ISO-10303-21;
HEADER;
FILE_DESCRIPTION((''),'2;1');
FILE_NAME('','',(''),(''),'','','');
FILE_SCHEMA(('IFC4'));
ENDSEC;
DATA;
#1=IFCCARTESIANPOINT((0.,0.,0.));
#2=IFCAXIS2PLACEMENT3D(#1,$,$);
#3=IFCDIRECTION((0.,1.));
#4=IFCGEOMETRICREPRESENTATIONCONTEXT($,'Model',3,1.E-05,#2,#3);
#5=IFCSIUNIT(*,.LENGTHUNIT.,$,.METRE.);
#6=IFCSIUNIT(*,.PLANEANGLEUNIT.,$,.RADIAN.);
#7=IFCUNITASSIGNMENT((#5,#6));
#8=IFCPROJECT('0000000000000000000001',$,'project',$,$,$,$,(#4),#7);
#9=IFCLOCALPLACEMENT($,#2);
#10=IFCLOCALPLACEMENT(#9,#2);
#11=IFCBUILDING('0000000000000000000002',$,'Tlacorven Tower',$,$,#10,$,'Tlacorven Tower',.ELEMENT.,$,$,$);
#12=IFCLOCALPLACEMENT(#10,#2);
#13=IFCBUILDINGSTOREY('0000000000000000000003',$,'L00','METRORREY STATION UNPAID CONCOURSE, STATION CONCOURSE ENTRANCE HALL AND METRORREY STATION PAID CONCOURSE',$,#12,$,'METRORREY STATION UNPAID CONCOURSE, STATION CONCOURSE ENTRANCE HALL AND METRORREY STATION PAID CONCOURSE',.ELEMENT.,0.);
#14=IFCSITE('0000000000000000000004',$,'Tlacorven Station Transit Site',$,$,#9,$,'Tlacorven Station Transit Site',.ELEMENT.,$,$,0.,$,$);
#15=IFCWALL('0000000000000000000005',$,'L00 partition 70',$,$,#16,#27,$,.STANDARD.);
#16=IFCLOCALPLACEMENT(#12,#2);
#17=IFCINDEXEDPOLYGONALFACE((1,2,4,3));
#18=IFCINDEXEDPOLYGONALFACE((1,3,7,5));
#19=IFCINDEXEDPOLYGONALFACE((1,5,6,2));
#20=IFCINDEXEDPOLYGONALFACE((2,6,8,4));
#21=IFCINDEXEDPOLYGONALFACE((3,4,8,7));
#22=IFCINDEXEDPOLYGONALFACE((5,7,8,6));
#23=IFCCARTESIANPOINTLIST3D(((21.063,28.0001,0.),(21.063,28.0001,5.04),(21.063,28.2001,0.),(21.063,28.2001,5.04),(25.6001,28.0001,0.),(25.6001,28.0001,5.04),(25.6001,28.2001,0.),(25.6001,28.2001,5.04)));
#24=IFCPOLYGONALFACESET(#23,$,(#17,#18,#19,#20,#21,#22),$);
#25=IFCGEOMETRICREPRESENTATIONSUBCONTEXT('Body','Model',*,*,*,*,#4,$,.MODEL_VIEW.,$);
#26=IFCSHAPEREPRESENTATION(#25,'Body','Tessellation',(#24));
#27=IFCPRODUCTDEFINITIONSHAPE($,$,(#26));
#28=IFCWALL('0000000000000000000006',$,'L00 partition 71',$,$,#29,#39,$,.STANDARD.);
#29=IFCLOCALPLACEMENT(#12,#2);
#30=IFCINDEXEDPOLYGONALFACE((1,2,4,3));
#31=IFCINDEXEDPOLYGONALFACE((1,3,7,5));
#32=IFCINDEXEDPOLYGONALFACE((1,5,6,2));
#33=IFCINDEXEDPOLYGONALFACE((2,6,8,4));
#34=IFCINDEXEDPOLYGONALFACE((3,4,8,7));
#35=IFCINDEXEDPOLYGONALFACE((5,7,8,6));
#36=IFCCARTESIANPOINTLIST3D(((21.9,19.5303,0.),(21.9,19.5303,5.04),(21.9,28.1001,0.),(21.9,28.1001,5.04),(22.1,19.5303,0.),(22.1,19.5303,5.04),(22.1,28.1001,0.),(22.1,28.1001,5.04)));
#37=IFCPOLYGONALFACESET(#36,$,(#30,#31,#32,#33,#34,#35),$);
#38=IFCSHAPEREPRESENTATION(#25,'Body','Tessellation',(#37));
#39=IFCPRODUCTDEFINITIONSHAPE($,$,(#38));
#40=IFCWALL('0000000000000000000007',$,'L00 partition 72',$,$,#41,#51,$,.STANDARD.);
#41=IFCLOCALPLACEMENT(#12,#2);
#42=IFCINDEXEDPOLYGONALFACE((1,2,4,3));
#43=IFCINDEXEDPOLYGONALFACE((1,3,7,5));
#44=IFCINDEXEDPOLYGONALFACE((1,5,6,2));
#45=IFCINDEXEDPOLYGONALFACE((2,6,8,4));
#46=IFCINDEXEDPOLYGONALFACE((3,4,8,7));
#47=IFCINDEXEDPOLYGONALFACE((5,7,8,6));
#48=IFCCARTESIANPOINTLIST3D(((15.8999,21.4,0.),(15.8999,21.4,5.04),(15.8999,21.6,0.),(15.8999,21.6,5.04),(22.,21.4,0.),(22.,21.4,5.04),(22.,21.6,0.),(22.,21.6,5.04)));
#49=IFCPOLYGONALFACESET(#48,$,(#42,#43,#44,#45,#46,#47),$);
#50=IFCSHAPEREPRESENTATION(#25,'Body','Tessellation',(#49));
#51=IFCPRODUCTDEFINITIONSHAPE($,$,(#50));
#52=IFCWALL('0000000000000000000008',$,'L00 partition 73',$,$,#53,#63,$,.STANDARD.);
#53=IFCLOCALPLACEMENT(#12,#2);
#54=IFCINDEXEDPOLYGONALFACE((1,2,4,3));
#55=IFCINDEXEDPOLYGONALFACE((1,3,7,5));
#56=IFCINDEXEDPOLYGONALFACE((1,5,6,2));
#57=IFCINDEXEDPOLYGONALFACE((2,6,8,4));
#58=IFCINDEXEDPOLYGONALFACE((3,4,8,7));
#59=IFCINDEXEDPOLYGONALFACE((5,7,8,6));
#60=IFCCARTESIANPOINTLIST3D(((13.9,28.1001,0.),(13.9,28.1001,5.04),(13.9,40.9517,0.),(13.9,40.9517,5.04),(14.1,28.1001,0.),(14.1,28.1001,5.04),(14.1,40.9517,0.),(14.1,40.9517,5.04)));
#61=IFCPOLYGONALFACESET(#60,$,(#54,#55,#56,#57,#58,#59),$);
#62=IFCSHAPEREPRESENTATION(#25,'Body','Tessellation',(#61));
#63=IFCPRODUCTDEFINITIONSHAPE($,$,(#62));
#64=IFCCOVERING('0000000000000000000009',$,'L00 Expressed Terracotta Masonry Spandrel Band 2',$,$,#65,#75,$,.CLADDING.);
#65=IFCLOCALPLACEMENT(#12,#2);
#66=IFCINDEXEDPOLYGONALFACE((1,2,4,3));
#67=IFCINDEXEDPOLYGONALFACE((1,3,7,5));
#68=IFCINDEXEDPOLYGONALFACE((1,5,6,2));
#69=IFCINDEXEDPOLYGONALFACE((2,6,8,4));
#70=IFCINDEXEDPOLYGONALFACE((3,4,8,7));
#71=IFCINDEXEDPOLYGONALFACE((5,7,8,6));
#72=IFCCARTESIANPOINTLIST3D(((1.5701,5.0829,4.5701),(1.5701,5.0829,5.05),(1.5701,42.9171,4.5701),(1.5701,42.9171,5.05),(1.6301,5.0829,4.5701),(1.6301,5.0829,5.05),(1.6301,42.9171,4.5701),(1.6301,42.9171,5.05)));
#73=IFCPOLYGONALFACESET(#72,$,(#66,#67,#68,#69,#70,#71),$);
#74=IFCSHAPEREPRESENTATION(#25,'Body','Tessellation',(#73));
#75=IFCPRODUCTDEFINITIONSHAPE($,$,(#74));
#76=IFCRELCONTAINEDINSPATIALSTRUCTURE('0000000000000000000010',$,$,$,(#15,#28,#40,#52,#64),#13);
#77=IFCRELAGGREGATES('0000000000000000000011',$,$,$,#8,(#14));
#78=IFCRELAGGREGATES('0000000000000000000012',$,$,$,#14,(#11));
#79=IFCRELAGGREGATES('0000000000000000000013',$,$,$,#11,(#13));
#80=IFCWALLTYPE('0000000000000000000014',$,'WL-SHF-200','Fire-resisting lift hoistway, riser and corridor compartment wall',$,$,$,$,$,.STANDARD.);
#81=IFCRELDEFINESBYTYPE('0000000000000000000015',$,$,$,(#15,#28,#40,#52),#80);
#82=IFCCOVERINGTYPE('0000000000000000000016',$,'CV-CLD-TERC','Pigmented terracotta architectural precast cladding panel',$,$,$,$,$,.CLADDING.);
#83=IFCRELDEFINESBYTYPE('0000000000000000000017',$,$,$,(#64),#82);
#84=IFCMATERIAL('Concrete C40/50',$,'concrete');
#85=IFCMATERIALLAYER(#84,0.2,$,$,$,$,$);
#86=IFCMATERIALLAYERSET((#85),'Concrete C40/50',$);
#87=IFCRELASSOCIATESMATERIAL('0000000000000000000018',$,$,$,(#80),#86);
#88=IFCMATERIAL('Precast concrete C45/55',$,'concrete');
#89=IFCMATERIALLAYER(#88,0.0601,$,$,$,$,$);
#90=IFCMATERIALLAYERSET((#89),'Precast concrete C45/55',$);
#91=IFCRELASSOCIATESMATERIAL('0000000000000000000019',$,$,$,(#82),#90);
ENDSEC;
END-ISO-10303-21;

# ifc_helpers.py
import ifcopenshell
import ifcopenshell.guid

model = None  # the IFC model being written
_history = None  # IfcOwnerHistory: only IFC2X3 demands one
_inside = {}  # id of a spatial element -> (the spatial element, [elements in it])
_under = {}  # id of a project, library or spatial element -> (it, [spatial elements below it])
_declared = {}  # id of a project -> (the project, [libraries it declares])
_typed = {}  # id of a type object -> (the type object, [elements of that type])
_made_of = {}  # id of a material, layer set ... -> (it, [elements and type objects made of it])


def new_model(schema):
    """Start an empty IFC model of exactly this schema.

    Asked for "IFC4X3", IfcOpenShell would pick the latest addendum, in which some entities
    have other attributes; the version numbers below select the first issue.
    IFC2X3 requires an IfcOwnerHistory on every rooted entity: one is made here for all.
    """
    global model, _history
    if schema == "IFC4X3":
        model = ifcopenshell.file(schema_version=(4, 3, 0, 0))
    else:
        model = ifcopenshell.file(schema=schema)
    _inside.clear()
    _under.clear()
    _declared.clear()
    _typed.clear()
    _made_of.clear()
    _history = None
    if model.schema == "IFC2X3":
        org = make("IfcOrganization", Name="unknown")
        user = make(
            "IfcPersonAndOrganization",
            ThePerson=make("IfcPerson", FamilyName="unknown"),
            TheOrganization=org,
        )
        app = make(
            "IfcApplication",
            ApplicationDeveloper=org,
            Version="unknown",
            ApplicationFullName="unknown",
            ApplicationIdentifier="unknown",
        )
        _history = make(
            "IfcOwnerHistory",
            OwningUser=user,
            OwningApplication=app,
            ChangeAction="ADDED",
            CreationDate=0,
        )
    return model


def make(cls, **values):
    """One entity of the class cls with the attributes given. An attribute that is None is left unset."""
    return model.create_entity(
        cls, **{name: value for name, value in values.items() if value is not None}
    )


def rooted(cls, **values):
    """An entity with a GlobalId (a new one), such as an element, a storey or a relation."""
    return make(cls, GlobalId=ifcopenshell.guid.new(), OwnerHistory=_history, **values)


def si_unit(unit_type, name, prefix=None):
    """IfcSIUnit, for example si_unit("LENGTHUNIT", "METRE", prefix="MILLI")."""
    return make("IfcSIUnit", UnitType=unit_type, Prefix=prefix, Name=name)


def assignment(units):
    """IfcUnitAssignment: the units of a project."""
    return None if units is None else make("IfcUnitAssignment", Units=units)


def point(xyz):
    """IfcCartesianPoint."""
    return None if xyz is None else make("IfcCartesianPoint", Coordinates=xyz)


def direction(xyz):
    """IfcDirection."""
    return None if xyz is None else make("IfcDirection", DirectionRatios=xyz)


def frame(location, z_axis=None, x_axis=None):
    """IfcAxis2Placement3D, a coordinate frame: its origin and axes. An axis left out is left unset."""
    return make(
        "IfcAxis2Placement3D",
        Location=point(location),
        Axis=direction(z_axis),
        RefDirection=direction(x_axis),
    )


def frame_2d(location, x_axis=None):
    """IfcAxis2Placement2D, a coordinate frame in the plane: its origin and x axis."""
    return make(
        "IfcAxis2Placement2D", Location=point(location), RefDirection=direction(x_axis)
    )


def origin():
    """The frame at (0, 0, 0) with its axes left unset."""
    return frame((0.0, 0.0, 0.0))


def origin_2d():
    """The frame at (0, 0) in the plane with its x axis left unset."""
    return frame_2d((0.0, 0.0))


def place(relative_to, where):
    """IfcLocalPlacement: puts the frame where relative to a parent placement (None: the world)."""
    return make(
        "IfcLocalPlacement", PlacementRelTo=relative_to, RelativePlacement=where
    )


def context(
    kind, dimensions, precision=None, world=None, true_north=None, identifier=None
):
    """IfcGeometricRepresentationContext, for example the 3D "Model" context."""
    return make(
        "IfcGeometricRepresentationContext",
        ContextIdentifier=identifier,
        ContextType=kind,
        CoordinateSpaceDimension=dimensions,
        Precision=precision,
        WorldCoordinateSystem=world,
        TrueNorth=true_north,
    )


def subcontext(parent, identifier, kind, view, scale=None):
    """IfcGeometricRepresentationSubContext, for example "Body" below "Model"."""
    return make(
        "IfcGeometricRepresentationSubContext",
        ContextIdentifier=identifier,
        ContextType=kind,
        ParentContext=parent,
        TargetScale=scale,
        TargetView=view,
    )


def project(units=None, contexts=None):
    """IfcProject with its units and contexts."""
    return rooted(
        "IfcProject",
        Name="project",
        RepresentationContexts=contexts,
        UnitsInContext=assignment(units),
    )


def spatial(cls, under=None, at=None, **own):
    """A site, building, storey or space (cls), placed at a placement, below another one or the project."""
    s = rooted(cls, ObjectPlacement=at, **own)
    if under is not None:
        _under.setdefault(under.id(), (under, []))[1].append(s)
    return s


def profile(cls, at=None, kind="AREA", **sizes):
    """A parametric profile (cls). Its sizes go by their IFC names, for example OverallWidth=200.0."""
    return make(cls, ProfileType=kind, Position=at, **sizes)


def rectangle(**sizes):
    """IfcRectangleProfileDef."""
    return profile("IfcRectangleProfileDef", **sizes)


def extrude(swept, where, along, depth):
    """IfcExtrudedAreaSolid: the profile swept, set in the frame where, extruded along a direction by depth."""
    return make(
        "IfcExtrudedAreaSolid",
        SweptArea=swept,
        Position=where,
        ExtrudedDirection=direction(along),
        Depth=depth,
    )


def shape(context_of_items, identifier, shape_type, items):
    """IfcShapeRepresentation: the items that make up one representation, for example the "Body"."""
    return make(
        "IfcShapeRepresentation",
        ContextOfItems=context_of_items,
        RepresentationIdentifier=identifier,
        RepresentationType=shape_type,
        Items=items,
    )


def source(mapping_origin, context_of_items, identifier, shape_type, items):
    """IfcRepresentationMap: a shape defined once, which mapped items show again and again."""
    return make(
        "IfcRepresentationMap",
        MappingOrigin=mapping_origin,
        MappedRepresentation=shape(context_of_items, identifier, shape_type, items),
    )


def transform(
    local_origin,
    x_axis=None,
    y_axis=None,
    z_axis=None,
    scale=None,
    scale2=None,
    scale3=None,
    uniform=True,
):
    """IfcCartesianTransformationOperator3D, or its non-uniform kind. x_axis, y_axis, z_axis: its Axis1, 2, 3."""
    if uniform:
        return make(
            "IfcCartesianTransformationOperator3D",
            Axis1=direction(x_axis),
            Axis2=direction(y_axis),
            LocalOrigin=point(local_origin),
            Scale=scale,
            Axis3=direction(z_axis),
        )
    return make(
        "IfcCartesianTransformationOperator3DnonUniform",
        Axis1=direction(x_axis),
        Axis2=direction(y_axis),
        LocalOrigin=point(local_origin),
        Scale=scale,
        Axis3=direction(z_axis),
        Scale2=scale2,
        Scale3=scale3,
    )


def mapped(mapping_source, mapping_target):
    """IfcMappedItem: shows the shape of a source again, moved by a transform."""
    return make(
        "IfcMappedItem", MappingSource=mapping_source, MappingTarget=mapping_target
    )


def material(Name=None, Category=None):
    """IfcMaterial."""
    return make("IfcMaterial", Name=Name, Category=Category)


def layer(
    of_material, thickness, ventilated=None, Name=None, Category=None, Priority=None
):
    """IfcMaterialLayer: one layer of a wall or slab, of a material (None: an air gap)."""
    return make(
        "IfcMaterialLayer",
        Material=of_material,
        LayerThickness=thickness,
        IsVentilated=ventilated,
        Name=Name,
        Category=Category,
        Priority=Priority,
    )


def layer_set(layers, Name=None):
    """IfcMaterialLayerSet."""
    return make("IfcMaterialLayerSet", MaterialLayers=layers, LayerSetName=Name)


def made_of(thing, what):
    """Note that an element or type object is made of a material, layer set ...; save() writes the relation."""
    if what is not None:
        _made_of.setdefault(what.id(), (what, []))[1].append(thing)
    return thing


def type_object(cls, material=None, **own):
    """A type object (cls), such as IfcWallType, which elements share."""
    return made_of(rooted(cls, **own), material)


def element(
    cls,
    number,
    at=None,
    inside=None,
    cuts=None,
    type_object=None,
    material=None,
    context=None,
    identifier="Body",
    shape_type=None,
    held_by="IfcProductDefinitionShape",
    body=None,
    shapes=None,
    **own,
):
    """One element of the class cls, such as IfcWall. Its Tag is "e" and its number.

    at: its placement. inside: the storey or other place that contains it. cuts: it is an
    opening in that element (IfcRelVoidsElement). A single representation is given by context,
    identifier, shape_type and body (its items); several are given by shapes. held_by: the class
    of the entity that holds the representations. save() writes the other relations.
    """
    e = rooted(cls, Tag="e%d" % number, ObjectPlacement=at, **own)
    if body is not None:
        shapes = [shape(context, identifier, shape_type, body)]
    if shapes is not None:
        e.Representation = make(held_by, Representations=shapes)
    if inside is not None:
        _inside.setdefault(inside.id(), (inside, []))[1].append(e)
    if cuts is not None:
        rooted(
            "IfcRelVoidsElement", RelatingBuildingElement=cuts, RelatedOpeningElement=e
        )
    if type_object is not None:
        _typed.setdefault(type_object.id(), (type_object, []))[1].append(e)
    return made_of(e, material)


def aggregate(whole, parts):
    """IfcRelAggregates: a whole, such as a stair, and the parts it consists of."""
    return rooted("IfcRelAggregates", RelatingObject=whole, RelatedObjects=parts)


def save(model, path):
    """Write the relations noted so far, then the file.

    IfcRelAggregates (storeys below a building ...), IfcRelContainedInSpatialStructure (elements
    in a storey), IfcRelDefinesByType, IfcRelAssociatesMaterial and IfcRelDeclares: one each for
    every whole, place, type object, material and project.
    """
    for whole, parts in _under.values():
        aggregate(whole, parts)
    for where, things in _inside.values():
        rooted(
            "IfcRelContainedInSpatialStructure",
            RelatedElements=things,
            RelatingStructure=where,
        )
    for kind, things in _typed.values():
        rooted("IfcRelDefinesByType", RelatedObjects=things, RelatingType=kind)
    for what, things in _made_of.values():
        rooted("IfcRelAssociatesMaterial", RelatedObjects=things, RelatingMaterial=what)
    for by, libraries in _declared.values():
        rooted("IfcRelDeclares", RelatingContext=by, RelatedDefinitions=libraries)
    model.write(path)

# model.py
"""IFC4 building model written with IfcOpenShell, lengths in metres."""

from ifc_helpers import new_model, si_unit, direction, frame, frame_2d, origin, origin_2d, place, context, subcontext, project, spatial, rectangle, extrude, source, transform, mapped, material, layer, layer_set, type_object, element, save


model = new_model("IFC4")

# Units and contexts
model_context = context("Model", 3, precision=1e-05, world=origin(), true_north=direction((0.0, 1.0)))
body_context = subcontext(model_context, "Body", "Model", "MODEL_VIEW")
ifc_project = project(units=[si_unit("LENGTHUNIT", "METRE"), si_unit("PLANEANGLEUNIT", "RADIAN")], contexts=[model_context])

# Site, building, storey
site_placement = place(None, origin())
site = spatial("IfcSite", under=ifc_project, at=site_placement, Name="Tlacorven Station Transit Site", LongName="Tlacorven Station Transit Site", CompositionType="ELEMENT", RefElevation=0.0)
building_placement = place(site_placement, origin())
building = spatial("IfcBuilding", under=site, at=building_placement, Name="Tlacorven Tower", LongName="Tlacorven Tower", CompositionType="ELEMENT")
storey_placement = place(building_placement, origin())
storey = spatial("IfcBuildingStorey", under=building, at=storey_placement, Name="L00", Description="METRORREY STATION UNPAID CONCOURSE, STATION CONCOURSE ENTRANCE HALL AND METRORREY STATION PAID CONCOURSE", LongName="METRORREY STATION UNPAID CONCOURSE, STATION CONCOURSE ENTRANCE HALL AND METRORREY STATION PAID CONCOURSE", CompositionType="ELEMENT", Elevation=0.0)

# Shared definitions
ifc_material_1 = material(Name="Concrete C40/50", Category="concrete")
ifc_layer_1 = layer(ifc_material_1, 0.2)
ifc_layer_set_1 = layer_set([ifc_layer_1], Name="Concrete C40/50")
wall_type_1 = type_object("IfcWallType", Name="WL-SHF-200", Description="Fire-resisting lift hoistway, riser and corridor compartment wall", PredefinedType="STANDARD", material=ifc_layer_set_1)

# Walls
wall_1_placement = place(storey_placement, frame((21.063, 28.1001, 0.0), z_axis=(0.0, 0.0, 1.0), x_axis=(1.0, 0.0, 0.0)))
element("IfcWall", 1, at=wall_1_placement, inside=storey, type_object=wall_type_1, Name="L00 partition 70", PredefinedType="STANDARD", context=body_context, shape_type="SweptSolid", body=[
    extrude(rectangle(XDim=4.5371, YDim=0.2, at=frame_2d((2.2686, 0.0))), origin(), (0.0, 0.0, 1.0), 5.04),
])
wall_2_placement = place(storey_placement, frame((22.0, 19.5303, 0.0), z_axis=(0.0, 0.0, 1.0), x_axis=(0.0, 1.0, 0.0)))
element("IfcWall", 2, at=wall_2_placement, inside=storey, type_object=wall_type_1, Name="L00 partition 71", PredefinedType="STANDARD", context=body_context, shape_type="SweptSolid", body=[
    extrude(rectangle(XDim=8.5698, YDim=0.2, at=frame_2d((4.2849, 0.0))), origin(), (0.0, 0.0, 1.0), 5.04),
])
wall_3_placement = place(storey_placement, frame((15.8999, 21.5, 0.0), z_axis=(0.0, 0.0, 1.0), x_axis=(1.0, 0.0, 0.0)))
element("IfcWall", 3, at=wall_3_placement, inside=storey, type_object=wall_type_1, Name="L00 partition 72", PredefinedType="STANDARD", context=body_context, shape_type="SweptSolid", body=[
    extrude(rectangle(XDim=6.1001, YDim=0.2, at=frame_2d((3.05, 0.0))), origin(), (0.0, 0.0, 1.0), 5.04),
])
wall_4_placement = place(storey_placement, frame((14.0, 28.1001, 0.0), z_axis=(0.0, 0.0, 1.0), x_axis=(0.0, 1.0, 0.0)))
element("IfcWall", 4, at=wall_4_placement, inside=storey, type_object=wall_type_1, Name="L00 partition 73", PredefinedType="STANDARD", context=body_context, shape_type="SweptSolid", body=[
    extrude(rectangle(XDim=12.8516, YDim=0.2, at=frame_2d((6.4258, 0.0))), origin(), (0.0, 0.0, 1.0), 5.04),
])

# Covering
ifc_material_2 = material(Name="Precast concrete C45/55", Category="concrete")
ifc_layer_2 = layer(ifc_material_2, 0.0601)
ifc_layer_set_2 = layer_set([ifc_layer_2], Name="Precast concrete C45/55")
covering_type = type_object("IfcCoveringType", Name="CV-CLD-TERC", Description="Pigmented terracotta architectural precast cladding panel", PredefinedType="CLADDING", material=ifc_layer_set_2)
shared_shape_1 = source(origin(), body_context, "Body", "SweptSolid", [
    extrude(rectangle(XDim=37.8342, YDim=0.0601, at=origin_2d()), origin(), (0.0, 0.0, 1.0), 0.48),
])
covering_placement = place(storey_placement, frame((1.6001, 24.0, 4.5701), z_axis=(0.0, 0.0, 1.0), x_axis=(0.0, 1.0, 0.0)))
element("IfcCovering", 5, at=covering_placement, inside=storey, type_object=covering_type, Name="L00 Expressed Terracotta Masonry Spandrel Band 2", PredefinedType="CLADDING", context=body_context, shape_type="MappedRepresentation", body=[
    mapped(shared_shape_1, transform((0.0, 0.0, 0.0), scale=1.0)),
])

save(model, "model.ifc")
